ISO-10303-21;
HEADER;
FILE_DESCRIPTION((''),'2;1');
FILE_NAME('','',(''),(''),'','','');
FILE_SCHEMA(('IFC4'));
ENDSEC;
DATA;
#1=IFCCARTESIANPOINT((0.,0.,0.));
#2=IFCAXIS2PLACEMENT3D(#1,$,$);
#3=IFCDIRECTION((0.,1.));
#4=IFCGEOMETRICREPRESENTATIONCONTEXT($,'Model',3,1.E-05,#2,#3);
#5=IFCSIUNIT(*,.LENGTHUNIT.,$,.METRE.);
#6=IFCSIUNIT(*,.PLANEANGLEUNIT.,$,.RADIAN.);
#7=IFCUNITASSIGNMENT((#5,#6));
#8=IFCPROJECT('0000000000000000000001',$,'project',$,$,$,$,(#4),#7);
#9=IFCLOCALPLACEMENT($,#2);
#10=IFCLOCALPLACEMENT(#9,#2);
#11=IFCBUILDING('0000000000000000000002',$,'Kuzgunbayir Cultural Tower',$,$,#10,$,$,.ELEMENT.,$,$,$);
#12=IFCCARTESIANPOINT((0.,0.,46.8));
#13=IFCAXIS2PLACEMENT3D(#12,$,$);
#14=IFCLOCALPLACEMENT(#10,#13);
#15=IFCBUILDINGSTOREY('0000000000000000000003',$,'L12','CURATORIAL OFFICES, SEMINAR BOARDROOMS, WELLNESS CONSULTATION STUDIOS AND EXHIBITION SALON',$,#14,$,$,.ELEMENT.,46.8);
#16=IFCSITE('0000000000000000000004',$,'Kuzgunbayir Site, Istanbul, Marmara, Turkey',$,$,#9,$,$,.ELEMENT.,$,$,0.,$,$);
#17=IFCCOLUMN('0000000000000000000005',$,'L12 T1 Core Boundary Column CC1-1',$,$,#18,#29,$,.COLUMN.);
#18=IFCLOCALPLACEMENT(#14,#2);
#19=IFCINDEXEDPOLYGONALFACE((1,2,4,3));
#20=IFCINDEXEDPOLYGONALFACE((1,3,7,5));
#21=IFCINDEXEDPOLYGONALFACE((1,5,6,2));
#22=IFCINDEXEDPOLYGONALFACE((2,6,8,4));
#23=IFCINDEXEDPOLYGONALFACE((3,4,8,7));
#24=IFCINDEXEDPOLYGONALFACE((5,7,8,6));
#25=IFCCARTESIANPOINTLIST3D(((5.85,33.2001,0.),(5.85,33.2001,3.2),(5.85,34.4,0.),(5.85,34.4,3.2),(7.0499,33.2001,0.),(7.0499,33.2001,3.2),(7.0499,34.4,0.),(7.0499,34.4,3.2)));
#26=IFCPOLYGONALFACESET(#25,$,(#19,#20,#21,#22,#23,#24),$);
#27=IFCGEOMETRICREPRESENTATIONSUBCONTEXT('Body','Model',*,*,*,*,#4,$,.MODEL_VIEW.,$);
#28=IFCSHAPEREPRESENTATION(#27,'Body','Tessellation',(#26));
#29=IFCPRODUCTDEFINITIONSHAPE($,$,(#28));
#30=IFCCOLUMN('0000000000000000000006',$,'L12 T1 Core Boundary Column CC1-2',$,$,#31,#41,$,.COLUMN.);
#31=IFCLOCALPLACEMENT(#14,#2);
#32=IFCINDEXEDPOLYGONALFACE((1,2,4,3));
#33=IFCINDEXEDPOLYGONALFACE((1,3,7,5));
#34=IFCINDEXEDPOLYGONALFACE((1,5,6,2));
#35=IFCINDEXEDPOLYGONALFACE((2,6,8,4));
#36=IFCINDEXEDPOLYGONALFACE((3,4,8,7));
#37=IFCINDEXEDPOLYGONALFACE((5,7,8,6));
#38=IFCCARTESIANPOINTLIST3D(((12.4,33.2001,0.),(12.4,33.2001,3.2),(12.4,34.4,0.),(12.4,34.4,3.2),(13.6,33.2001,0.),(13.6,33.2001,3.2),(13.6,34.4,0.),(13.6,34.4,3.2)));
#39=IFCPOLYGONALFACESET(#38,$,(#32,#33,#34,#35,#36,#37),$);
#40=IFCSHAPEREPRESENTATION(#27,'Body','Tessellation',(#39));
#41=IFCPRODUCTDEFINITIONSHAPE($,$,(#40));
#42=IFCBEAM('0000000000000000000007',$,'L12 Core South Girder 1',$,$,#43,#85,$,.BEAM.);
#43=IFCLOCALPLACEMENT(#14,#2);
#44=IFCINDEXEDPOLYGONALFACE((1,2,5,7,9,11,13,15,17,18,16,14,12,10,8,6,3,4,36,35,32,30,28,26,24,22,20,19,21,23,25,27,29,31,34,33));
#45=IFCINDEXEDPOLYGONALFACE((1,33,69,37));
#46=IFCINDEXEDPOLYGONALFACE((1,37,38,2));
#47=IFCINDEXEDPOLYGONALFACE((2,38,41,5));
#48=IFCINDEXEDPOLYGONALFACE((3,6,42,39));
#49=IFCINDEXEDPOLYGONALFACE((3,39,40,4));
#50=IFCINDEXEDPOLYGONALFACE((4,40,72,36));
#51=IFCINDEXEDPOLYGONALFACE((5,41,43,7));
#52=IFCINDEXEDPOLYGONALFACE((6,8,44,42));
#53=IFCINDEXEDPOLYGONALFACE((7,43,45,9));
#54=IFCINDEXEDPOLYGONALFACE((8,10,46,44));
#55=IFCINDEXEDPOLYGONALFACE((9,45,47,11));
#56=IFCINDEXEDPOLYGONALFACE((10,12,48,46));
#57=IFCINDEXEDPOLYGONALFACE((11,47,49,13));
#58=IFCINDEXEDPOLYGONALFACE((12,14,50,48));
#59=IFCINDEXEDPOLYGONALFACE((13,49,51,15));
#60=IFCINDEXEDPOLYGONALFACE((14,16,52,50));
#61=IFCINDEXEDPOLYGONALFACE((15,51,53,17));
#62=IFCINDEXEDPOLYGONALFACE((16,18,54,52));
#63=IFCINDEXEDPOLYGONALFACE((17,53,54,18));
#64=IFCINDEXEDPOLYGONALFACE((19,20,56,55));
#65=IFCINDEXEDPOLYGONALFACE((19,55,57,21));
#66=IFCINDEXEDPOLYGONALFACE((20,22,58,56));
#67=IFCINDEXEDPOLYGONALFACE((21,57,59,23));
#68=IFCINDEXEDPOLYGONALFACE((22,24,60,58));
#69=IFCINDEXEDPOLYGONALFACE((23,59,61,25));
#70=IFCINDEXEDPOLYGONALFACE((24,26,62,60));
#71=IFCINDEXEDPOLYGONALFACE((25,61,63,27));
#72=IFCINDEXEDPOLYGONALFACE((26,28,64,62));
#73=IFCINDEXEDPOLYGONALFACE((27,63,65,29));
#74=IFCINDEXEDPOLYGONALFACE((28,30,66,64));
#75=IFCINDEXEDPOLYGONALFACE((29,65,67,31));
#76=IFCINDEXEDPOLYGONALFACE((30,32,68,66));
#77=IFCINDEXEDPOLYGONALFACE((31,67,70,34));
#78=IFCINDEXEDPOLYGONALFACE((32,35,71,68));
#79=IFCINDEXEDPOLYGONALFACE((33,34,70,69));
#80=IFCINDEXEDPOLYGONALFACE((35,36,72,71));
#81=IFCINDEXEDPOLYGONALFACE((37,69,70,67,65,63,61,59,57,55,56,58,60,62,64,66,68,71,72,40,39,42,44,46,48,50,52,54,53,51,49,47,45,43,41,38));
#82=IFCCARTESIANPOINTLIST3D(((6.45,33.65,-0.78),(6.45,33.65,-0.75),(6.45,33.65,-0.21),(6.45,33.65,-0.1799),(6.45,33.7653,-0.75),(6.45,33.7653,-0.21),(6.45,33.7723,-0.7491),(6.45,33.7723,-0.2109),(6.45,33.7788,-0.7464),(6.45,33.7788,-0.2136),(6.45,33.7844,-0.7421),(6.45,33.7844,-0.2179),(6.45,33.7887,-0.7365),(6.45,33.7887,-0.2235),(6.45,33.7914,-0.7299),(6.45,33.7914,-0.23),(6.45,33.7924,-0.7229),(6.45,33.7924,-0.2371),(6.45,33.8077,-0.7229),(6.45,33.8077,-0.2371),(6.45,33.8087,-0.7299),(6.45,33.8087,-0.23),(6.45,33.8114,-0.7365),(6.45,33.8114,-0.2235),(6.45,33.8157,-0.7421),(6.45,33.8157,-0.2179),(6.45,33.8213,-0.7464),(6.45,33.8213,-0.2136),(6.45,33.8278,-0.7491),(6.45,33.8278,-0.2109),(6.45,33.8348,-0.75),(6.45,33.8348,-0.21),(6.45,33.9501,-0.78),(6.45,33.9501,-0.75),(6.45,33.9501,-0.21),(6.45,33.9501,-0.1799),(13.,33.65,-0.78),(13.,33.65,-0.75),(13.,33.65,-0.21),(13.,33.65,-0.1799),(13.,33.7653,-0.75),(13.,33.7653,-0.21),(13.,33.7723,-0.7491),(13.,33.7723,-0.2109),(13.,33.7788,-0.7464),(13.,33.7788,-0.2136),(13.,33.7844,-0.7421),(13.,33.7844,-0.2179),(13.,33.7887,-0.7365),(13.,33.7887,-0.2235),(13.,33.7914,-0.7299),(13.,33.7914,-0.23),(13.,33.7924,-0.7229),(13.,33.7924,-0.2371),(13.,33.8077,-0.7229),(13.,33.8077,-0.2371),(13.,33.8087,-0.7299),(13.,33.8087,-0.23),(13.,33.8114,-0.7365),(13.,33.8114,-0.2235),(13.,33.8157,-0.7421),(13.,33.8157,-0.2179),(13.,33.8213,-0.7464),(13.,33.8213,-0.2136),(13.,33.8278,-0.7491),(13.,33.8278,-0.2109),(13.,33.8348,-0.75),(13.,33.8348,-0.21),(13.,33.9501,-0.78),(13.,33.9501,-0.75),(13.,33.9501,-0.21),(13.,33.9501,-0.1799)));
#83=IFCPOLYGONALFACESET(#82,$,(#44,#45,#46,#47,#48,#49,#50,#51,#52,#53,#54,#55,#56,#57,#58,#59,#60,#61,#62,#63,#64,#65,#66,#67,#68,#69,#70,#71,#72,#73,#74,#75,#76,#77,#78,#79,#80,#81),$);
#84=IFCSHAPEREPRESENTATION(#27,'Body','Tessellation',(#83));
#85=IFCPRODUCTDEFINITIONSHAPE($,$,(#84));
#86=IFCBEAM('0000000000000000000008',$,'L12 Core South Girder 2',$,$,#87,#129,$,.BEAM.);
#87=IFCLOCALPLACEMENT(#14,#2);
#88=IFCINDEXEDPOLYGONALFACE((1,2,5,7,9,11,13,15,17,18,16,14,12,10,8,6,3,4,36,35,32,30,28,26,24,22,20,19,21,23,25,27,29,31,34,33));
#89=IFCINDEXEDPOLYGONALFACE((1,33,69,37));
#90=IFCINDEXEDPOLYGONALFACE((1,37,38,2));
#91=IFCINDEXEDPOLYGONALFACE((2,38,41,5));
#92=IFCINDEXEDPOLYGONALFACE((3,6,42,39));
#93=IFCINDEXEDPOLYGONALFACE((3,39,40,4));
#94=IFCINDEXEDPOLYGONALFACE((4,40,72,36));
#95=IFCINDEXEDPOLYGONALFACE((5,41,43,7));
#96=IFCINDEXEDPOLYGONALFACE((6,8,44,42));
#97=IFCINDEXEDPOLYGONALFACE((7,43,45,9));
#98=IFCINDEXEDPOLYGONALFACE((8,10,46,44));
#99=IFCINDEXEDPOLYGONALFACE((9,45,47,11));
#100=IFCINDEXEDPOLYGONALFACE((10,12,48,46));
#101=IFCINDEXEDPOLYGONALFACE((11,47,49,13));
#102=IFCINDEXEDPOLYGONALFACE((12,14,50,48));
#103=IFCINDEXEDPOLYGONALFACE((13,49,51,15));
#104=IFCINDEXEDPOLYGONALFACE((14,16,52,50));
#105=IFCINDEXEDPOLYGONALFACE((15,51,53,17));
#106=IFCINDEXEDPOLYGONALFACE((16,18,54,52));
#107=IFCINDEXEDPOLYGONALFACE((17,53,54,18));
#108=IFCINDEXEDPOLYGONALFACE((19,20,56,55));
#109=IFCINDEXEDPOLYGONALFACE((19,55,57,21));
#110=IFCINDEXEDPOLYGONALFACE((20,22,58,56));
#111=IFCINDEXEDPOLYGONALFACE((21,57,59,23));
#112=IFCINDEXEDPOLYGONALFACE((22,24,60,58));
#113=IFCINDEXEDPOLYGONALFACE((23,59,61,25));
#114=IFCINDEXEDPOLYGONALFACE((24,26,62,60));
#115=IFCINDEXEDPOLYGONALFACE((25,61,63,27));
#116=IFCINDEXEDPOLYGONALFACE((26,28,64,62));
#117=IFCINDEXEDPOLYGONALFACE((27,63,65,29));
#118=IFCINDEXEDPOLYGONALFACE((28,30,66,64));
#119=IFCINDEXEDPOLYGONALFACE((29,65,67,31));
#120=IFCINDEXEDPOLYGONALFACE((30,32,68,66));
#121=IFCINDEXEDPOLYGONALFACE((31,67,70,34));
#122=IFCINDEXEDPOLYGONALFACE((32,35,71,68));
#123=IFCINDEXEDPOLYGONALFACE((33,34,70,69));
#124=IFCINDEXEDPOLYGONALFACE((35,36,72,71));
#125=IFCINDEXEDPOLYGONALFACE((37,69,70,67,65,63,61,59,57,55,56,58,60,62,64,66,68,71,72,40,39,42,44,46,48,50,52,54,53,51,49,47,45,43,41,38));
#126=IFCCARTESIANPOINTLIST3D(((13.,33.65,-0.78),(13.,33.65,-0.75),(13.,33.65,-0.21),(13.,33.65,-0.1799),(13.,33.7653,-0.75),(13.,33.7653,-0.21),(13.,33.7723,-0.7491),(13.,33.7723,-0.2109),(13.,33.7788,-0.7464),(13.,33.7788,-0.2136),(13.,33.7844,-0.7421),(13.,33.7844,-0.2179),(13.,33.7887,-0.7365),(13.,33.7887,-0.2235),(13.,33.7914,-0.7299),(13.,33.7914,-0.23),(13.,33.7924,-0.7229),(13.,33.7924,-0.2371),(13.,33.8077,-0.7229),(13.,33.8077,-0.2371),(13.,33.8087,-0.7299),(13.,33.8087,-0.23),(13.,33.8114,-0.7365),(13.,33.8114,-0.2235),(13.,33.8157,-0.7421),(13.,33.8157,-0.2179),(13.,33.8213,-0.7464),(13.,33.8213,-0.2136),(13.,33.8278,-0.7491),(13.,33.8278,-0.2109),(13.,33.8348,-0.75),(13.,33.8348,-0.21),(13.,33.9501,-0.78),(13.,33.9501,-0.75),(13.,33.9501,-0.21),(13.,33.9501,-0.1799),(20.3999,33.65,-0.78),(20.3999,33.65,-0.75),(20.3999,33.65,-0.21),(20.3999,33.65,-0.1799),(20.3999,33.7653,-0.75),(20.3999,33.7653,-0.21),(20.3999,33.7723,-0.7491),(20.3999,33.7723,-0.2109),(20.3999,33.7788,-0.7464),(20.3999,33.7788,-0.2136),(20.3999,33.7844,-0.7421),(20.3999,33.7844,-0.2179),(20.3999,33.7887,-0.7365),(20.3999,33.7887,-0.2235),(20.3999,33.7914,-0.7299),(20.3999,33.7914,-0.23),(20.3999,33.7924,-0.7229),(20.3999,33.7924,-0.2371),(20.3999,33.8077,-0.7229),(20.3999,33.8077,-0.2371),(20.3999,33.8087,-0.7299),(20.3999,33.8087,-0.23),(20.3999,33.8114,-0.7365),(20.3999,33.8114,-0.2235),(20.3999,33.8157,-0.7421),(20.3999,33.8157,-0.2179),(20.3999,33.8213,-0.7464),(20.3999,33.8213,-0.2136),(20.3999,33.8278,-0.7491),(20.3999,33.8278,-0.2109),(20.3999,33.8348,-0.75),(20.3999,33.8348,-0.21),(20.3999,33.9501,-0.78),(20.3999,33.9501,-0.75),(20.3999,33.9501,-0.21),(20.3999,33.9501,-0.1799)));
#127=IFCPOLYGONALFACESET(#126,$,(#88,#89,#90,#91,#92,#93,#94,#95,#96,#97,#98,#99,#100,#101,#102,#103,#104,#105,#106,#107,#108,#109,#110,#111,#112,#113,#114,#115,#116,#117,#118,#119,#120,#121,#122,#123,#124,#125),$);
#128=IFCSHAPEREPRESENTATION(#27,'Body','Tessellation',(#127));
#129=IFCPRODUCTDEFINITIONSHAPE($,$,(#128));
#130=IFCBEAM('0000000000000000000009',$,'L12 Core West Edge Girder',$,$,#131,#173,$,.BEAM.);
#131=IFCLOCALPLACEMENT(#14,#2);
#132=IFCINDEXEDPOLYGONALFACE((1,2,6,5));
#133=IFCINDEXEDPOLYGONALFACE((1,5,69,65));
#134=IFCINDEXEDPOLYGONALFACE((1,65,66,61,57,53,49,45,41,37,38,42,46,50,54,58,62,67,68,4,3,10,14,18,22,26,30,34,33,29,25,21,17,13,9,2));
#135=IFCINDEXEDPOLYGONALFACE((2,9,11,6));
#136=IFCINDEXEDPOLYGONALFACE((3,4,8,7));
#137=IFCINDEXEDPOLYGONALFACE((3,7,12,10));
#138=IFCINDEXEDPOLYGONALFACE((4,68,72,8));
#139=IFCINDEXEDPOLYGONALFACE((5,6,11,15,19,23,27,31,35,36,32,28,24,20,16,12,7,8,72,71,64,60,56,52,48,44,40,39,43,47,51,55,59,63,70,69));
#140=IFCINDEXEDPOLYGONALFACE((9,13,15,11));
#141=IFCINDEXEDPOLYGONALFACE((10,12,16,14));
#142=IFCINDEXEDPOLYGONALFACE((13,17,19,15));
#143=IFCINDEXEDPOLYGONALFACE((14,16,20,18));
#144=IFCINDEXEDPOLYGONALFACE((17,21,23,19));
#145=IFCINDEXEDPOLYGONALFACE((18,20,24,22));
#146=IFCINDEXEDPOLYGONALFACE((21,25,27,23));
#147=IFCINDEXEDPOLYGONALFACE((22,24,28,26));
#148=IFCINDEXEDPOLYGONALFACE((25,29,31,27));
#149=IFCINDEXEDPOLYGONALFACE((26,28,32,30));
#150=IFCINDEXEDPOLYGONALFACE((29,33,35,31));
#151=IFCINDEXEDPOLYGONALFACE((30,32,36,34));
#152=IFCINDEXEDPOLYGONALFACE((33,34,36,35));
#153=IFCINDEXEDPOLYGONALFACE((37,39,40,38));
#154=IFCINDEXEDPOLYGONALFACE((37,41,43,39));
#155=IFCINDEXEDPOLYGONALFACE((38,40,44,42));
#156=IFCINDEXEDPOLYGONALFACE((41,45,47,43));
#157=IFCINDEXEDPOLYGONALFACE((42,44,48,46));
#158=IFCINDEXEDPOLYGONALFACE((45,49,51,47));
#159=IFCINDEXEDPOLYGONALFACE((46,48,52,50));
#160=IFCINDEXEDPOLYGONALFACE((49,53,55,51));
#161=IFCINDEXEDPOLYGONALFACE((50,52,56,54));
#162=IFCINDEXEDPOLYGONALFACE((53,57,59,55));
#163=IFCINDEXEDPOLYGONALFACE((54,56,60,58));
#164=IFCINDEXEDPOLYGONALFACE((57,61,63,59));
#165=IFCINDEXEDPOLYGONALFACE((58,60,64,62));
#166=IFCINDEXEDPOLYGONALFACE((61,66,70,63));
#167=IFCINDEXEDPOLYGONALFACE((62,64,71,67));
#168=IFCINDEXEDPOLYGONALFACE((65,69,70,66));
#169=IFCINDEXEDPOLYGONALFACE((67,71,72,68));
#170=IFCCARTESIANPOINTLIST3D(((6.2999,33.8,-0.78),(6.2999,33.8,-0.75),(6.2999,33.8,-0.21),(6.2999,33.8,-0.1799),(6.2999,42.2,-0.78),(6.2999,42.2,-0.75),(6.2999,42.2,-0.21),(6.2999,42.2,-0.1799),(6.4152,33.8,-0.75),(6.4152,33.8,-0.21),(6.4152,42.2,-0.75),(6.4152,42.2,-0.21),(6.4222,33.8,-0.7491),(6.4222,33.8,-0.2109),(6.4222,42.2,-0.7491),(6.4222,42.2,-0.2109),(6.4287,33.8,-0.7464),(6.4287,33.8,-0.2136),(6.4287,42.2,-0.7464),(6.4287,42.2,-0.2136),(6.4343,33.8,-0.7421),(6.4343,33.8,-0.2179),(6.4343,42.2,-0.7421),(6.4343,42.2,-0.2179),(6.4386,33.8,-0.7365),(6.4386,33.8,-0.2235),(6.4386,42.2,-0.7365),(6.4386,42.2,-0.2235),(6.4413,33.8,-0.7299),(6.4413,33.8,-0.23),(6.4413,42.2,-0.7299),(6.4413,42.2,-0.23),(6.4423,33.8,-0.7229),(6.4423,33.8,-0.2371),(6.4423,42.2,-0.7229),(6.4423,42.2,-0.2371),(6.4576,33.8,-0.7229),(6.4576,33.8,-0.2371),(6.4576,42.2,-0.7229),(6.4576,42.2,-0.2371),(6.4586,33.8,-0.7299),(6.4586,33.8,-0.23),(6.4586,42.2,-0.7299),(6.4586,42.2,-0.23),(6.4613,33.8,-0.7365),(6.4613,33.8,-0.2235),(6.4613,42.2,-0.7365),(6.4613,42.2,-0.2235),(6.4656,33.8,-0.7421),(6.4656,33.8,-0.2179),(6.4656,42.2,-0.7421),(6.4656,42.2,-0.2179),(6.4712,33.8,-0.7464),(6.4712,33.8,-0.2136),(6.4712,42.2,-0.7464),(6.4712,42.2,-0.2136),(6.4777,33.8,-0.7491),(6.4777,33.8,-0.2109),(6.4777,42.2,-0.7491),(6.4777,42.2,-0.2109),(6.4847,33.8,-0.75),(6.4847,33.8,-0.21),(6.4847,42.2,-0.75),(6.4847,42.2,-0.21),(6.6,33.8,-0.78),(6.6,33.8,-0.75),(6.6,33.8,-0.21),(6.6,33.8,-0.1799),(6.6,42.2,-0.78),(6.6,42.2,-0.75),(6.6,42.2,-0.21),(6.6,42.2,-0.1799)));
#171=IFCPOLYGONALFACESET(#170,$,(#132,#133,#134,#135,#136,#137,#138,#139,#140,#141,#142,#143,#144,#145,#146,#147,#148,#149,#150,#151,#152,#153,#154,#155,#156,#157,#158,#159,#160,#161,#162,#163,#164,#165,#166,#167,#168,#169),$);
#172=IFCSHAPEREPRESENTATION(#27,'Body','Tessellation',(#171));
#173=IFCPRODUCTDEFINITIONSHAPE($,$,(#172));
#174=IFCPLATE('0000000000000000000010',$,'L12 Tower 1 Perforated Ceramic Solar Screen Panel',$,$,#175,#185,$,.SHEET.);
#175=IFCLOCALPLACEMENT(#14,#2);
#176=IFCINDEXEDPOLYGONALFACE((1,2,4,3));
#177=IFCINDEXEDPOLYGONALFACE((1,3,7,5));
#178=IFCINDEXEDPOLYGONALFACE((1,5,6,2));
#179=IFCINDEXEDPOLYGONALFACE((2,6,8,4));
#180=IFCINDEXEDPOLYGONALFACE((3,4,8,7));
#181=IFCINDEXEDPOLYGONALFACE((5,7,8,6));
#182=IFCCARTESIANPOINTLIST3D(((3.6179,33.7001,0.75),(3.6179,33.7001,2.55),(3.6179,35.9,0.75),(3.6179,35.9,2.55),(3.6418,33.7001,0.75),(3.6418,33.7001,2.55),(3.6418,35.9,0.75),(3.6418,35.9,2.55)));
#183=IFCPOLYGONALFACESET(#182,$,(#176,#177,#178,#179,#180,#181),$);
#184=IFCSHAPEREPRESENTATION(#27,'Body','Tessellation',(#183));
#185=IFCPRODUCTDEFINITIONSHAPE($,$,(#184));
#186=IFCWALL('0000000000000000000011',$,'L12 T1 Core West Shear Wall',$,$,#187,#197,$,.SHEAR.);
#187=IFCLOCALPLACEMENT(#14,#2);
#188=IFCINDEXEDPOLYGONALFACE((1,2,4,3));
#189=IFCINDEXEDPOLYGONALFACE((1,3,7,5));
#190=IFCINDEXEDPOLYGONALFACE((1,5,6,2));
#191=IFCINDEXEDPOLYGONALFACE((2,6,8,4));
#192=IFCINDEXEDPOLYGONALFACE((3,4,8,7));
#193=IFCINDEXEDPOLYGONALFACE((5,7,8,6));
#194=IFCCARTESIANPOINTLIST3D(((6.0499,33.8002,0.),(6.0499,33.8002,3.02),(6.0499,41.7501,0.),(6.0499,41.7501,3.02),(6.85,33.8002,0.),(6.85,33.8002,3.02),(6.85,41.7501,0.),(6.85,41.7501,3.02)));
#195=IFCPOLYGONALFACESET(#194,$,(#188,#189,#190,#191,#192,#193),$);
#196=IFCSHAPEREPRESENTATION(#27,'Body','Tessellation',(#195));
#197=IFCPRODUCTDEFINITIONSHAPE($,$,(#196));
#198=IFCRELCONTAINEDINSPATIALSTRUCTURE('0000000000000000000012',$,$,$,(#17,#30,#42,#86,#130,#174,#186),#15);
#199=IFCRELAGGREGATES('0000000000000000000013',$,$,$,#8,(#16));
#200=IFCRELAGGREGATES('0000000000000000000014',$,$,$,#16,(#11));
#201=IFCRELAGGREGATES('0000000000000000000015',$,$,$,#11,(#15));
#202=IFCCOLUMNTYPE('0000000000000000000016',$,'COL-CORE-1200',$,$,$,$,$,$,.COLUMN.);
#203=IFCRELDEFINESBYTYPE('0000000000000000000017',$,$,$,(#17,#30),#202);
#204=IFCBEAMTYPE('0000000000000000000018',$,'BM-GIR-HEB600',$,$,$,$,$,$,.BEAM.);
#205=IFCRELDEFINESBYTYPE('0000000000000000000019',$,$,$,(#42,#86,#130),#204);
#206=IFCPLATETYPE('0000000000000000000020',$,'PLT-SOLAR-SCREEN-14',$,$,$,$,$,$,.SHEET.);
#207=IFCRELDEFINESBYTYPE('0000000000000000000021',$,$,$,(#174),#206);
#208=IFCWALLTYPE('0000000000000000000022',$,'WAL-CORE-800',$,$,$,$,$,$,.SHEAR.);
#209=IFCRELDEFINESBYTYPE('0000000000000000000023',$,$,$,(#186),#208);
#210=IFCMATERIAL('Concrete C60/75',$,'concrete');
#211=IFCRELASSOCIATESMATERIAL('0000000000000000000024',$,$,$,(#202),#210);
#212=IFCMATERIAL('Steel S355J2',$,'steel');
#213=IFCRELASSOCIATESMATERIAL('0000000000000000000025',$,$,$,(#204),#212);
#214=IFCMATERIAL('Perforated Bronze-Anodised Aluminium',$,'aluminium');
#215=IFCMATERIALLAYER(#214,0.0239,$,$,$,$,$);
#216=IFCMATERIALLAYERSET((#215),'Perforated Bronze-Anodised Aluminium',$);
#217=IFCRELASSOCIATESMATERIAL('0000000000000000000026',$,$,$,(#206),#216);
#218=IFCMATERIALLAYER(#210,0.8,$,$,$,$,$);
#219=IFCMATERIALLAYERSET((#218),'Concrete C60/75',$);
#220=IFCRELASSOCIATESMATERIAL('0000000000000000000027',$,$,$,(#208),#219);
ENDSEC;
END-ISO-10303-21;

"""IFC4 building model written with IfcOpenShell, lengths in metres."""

from ifc_helpers import new_model, si_unit, direction, frame, frame_2d, origin, origin_2d, place, context, subcontext, project, spatial, rectangle, i_section, extrude, material, layer, layer_set, material_profile, profile_set, type_object, element, save


model = new_model("IFC4")

# Units and contexts
model_context = context("Model", 3, precision=1e-05, world=origin(), true_north=direction((0.0, 1.0)))
body_context = subcontext(model_context, "Body", "Model", "MODEL_VIEW")
ifc_project = project(units=[si_unit("LENGTHUNIT", "METRE"), si_unit("PLANEANGLEUNIT", "RADIAN")], contexts=[model_context])

# Site, building, storey
site_placement = place(None, origin())
site = spatial("IfcSite", under=ifc_project, at=site_placement, Name="Kuzgunbayir Site, Istanbul, Marmara, Turkey", CompositionType="ELEMENT", RefElevation=0.0)
building_placement = place(site_placement, origin())
building = spatial("IfcBuilding", under=site, at=building_placement, Name="Kuzgunbayir Cultural Tower", CompositionType="ELEMENT")
storey_placement = place(building_placement, frame((0.0, 0.0, 46.8)))
storey = spatial("IfcBuildingStorey", under=building, at=storey_placement, Name="L12", Description="CURATORIAL OFFICES, SEMINAR BOARDROOMS, WELLNESS CONSULTATION STUDIOS AND EXHIBITION SALON", CompositionType="ELEMENT", Elevation=46.8)

# Columns
ifc_material_1 = material(Name="Concrete C60/75", Category="concrete")
ifc_material_profile_1 = material_profile(ifc_material_1, rectangle(XDim=1.2, YDim=1.2, at=origin_2d()), Name="RC 1200x1200")
ifc_profile_set_1 = profile_set([ifc_material_profile_1], Name="Concrete C60/75")
column_type = type_object("IfcColumnType", Name="COL-CORE-1200", PredefinedType="COLUMN", material=ifc_profile_set_1)
for number, where, z_axis, x_axis, name in (
    (1, (6.45, 33.8, 0.0), (0.0, 0.0, 1.0), (1.0, 0.0, 0.0), "L12 T1 Core Boundary Column CC1-1"),
    (2, (13.0, 33.8, 0.0), (0.0, 0.0, 1.0), (1.0, 0.0, 0.0), "L12 T1 Core Boundary Column CC1-2"),
):
    element("IfcColumn", number, at=place(storey_placement, frame(where, z_axis=z_axis, x_axis=x_axis)), inside=storey, type_object=column_type, Name=name, PredefinedType="COLUMN", context=body_context, shape_type="SweptSolid", body=[
        extrude(rectangle(XDim=1.2, YDim=1.2, at=origin_2d()), origin(), (0.0, 0.0, 1.0), 3.2),
    ])

# Beams
ifc_material_2 = material(Name="Steel S355J2", Category="steel")
ifc_material_profile_2 = material_profile(ifc_material_2, i_section(OverallWidth=0.3, OverallDepth=0.6001, WebThickness=0.0154, FlangeThickness=0.03, FilletRadius=0.0271, at=origin_2d()), Name="HEB 600")
ifc_profile_set_2 = profile_set([ifc_material_profile_2], Name="Steel S355J2")
beam_type = type_object("IfcBeamType", Name="BM-GIR-HEB600", PredefinedType="BEAM", material=ifc_profile_set_2)
beam_1_placement = place(storey_placement, frame((6.45, 33.8, -0.48), z_axis=(1.0, 0.0, 0.0), x_axis=(0.0, 1.0, 0.0)))
element("IfcBeam", 3, at=beam_1_placement, inside=storey, type_object=beam_type, Name="L12 Core South Girder 1", PredefinedType="BEAM", context=body_context, shape_type="SweptSolid", body=[
    extrude(i_section(OverallWidth=0.3, OverallDepth=0.6001, WebThickness=0.0154, FlangeThickness=0.03, FilletRadius=0.0271, at=origin_2d()), origin(), (0.0, 0.0, 1.0), 6.55),
])
beam_2_placement = place(storey_placement, frame((13.0, 33.8, -0.48), z_axis=(1.0, 0.0, 0.0), x_axis=(0.0, 1.0, 0.0)))
element("IfcBeam", 4, at=beam_2_placement, inside=storey, type_object=beam_type, Name="L12 Core South Girder 2", PredefinedType="BEAM", context=body_context, shape_type="SweptSolid", body=[
    extrude(i_section(OverallWidth=0.3, OverallDepth=0.6001, WebThickness=0.0154, FlangeThickness=0.03, FilletRadius=0.0271, at=origin_2d()), origin(), (0.0, 0.0, 1.0), 7.3999),
])
beam_3_placement = place(storey_placement, frame((6.45, 33.8, -0.48), z_axis=(0.0, 1.0, 0.0), x_axis=(-1.0, 0.0, 0.0)))
element("IfcBeam", 5, at=beam_3_placement, inside=storey, type_object=beam_type, Name="L12 Core West Edge Girder", PredefinedType="BEAM", context=body_context, shape_type="SweptSolid", body=[
    extrude(i_section(OverallWidth=0.3, OverallDepth=0.6001, WebThickness=0.0154, FlangeThickness=0.03, FilletRadius=0.0271, at=origin_2d()), origin(), (0.0, 0.0, 1.0), 8.3999),
])

# Plate
ifc_material_3 = material(Name="Perforated Bronze-Anodised Aluminium", Category="aluminium")
ifc_layer_1 = layer(ifc_material_3, 0.0239)
ifc_layer_set_1 = layer_set([ifc_layer_1], Name="Perforated Bronze-Anodised Aluminium")
plate_type = type_object("IfcPlateType", Name="PLT-SOLAR-SCREEN-14", PredefinedType="SHEET", material=ifc_layer_set_1)
plate_placement = place(storey_placement, frame((3.6299, 34.8, 0.75), z_axis=(0.0, 0.0, 1.0), x_axis=(1.0, 0.0, 0.0)))
element("IfcPlate", 6, at=plate_placement, inside=storey, type_object=plate_type, Name="L12 Tower 1 Perforated Ceramic Solar Screen Panel", PredefinedType="SHEET", context=body_context, shape_type="SweptSolid", body=[
    extrude(rectangle(XDim=0.0239, YDim=2.2, at=origin_2d()), origin(), (0.0, 0.0, 1.0), 1.8),
])

# Wall
ifc_layer_2 = layer(ifc_material_1, 0.8)
ifc_layer_set_2 = layer_set([ifc_layer_2], Name="Concrete C60/75")
wall_type_1 = type_object("IfcWallType", Name="WAL-CORE-800", PredefinedType="SHEAR", material=ifc_layer_set_2)
wall_1_placement = place(storey_placement, frame((6.45, 33.8, 0.0), z_axis=(0.0, 0.0, 1.0), x_axis=(0.0, 1.0, 0.0)))
element("IfcWall", 7, at=wall_1_placement, inside=storey, type_object=wall_type_1, Name="L12 T1 Core West Shear Wall", PredefinedType="SHEAR", context=body_context, shape_type="SweptSolid", body=[
    extrude(rectangle(XDim=7.95, YDim=0.8, at=frame_2d((3.9751, 0.0))), origin(), (0.0, 0.0, 1.0), 3.02),
])

save(model, "model.ifc")
